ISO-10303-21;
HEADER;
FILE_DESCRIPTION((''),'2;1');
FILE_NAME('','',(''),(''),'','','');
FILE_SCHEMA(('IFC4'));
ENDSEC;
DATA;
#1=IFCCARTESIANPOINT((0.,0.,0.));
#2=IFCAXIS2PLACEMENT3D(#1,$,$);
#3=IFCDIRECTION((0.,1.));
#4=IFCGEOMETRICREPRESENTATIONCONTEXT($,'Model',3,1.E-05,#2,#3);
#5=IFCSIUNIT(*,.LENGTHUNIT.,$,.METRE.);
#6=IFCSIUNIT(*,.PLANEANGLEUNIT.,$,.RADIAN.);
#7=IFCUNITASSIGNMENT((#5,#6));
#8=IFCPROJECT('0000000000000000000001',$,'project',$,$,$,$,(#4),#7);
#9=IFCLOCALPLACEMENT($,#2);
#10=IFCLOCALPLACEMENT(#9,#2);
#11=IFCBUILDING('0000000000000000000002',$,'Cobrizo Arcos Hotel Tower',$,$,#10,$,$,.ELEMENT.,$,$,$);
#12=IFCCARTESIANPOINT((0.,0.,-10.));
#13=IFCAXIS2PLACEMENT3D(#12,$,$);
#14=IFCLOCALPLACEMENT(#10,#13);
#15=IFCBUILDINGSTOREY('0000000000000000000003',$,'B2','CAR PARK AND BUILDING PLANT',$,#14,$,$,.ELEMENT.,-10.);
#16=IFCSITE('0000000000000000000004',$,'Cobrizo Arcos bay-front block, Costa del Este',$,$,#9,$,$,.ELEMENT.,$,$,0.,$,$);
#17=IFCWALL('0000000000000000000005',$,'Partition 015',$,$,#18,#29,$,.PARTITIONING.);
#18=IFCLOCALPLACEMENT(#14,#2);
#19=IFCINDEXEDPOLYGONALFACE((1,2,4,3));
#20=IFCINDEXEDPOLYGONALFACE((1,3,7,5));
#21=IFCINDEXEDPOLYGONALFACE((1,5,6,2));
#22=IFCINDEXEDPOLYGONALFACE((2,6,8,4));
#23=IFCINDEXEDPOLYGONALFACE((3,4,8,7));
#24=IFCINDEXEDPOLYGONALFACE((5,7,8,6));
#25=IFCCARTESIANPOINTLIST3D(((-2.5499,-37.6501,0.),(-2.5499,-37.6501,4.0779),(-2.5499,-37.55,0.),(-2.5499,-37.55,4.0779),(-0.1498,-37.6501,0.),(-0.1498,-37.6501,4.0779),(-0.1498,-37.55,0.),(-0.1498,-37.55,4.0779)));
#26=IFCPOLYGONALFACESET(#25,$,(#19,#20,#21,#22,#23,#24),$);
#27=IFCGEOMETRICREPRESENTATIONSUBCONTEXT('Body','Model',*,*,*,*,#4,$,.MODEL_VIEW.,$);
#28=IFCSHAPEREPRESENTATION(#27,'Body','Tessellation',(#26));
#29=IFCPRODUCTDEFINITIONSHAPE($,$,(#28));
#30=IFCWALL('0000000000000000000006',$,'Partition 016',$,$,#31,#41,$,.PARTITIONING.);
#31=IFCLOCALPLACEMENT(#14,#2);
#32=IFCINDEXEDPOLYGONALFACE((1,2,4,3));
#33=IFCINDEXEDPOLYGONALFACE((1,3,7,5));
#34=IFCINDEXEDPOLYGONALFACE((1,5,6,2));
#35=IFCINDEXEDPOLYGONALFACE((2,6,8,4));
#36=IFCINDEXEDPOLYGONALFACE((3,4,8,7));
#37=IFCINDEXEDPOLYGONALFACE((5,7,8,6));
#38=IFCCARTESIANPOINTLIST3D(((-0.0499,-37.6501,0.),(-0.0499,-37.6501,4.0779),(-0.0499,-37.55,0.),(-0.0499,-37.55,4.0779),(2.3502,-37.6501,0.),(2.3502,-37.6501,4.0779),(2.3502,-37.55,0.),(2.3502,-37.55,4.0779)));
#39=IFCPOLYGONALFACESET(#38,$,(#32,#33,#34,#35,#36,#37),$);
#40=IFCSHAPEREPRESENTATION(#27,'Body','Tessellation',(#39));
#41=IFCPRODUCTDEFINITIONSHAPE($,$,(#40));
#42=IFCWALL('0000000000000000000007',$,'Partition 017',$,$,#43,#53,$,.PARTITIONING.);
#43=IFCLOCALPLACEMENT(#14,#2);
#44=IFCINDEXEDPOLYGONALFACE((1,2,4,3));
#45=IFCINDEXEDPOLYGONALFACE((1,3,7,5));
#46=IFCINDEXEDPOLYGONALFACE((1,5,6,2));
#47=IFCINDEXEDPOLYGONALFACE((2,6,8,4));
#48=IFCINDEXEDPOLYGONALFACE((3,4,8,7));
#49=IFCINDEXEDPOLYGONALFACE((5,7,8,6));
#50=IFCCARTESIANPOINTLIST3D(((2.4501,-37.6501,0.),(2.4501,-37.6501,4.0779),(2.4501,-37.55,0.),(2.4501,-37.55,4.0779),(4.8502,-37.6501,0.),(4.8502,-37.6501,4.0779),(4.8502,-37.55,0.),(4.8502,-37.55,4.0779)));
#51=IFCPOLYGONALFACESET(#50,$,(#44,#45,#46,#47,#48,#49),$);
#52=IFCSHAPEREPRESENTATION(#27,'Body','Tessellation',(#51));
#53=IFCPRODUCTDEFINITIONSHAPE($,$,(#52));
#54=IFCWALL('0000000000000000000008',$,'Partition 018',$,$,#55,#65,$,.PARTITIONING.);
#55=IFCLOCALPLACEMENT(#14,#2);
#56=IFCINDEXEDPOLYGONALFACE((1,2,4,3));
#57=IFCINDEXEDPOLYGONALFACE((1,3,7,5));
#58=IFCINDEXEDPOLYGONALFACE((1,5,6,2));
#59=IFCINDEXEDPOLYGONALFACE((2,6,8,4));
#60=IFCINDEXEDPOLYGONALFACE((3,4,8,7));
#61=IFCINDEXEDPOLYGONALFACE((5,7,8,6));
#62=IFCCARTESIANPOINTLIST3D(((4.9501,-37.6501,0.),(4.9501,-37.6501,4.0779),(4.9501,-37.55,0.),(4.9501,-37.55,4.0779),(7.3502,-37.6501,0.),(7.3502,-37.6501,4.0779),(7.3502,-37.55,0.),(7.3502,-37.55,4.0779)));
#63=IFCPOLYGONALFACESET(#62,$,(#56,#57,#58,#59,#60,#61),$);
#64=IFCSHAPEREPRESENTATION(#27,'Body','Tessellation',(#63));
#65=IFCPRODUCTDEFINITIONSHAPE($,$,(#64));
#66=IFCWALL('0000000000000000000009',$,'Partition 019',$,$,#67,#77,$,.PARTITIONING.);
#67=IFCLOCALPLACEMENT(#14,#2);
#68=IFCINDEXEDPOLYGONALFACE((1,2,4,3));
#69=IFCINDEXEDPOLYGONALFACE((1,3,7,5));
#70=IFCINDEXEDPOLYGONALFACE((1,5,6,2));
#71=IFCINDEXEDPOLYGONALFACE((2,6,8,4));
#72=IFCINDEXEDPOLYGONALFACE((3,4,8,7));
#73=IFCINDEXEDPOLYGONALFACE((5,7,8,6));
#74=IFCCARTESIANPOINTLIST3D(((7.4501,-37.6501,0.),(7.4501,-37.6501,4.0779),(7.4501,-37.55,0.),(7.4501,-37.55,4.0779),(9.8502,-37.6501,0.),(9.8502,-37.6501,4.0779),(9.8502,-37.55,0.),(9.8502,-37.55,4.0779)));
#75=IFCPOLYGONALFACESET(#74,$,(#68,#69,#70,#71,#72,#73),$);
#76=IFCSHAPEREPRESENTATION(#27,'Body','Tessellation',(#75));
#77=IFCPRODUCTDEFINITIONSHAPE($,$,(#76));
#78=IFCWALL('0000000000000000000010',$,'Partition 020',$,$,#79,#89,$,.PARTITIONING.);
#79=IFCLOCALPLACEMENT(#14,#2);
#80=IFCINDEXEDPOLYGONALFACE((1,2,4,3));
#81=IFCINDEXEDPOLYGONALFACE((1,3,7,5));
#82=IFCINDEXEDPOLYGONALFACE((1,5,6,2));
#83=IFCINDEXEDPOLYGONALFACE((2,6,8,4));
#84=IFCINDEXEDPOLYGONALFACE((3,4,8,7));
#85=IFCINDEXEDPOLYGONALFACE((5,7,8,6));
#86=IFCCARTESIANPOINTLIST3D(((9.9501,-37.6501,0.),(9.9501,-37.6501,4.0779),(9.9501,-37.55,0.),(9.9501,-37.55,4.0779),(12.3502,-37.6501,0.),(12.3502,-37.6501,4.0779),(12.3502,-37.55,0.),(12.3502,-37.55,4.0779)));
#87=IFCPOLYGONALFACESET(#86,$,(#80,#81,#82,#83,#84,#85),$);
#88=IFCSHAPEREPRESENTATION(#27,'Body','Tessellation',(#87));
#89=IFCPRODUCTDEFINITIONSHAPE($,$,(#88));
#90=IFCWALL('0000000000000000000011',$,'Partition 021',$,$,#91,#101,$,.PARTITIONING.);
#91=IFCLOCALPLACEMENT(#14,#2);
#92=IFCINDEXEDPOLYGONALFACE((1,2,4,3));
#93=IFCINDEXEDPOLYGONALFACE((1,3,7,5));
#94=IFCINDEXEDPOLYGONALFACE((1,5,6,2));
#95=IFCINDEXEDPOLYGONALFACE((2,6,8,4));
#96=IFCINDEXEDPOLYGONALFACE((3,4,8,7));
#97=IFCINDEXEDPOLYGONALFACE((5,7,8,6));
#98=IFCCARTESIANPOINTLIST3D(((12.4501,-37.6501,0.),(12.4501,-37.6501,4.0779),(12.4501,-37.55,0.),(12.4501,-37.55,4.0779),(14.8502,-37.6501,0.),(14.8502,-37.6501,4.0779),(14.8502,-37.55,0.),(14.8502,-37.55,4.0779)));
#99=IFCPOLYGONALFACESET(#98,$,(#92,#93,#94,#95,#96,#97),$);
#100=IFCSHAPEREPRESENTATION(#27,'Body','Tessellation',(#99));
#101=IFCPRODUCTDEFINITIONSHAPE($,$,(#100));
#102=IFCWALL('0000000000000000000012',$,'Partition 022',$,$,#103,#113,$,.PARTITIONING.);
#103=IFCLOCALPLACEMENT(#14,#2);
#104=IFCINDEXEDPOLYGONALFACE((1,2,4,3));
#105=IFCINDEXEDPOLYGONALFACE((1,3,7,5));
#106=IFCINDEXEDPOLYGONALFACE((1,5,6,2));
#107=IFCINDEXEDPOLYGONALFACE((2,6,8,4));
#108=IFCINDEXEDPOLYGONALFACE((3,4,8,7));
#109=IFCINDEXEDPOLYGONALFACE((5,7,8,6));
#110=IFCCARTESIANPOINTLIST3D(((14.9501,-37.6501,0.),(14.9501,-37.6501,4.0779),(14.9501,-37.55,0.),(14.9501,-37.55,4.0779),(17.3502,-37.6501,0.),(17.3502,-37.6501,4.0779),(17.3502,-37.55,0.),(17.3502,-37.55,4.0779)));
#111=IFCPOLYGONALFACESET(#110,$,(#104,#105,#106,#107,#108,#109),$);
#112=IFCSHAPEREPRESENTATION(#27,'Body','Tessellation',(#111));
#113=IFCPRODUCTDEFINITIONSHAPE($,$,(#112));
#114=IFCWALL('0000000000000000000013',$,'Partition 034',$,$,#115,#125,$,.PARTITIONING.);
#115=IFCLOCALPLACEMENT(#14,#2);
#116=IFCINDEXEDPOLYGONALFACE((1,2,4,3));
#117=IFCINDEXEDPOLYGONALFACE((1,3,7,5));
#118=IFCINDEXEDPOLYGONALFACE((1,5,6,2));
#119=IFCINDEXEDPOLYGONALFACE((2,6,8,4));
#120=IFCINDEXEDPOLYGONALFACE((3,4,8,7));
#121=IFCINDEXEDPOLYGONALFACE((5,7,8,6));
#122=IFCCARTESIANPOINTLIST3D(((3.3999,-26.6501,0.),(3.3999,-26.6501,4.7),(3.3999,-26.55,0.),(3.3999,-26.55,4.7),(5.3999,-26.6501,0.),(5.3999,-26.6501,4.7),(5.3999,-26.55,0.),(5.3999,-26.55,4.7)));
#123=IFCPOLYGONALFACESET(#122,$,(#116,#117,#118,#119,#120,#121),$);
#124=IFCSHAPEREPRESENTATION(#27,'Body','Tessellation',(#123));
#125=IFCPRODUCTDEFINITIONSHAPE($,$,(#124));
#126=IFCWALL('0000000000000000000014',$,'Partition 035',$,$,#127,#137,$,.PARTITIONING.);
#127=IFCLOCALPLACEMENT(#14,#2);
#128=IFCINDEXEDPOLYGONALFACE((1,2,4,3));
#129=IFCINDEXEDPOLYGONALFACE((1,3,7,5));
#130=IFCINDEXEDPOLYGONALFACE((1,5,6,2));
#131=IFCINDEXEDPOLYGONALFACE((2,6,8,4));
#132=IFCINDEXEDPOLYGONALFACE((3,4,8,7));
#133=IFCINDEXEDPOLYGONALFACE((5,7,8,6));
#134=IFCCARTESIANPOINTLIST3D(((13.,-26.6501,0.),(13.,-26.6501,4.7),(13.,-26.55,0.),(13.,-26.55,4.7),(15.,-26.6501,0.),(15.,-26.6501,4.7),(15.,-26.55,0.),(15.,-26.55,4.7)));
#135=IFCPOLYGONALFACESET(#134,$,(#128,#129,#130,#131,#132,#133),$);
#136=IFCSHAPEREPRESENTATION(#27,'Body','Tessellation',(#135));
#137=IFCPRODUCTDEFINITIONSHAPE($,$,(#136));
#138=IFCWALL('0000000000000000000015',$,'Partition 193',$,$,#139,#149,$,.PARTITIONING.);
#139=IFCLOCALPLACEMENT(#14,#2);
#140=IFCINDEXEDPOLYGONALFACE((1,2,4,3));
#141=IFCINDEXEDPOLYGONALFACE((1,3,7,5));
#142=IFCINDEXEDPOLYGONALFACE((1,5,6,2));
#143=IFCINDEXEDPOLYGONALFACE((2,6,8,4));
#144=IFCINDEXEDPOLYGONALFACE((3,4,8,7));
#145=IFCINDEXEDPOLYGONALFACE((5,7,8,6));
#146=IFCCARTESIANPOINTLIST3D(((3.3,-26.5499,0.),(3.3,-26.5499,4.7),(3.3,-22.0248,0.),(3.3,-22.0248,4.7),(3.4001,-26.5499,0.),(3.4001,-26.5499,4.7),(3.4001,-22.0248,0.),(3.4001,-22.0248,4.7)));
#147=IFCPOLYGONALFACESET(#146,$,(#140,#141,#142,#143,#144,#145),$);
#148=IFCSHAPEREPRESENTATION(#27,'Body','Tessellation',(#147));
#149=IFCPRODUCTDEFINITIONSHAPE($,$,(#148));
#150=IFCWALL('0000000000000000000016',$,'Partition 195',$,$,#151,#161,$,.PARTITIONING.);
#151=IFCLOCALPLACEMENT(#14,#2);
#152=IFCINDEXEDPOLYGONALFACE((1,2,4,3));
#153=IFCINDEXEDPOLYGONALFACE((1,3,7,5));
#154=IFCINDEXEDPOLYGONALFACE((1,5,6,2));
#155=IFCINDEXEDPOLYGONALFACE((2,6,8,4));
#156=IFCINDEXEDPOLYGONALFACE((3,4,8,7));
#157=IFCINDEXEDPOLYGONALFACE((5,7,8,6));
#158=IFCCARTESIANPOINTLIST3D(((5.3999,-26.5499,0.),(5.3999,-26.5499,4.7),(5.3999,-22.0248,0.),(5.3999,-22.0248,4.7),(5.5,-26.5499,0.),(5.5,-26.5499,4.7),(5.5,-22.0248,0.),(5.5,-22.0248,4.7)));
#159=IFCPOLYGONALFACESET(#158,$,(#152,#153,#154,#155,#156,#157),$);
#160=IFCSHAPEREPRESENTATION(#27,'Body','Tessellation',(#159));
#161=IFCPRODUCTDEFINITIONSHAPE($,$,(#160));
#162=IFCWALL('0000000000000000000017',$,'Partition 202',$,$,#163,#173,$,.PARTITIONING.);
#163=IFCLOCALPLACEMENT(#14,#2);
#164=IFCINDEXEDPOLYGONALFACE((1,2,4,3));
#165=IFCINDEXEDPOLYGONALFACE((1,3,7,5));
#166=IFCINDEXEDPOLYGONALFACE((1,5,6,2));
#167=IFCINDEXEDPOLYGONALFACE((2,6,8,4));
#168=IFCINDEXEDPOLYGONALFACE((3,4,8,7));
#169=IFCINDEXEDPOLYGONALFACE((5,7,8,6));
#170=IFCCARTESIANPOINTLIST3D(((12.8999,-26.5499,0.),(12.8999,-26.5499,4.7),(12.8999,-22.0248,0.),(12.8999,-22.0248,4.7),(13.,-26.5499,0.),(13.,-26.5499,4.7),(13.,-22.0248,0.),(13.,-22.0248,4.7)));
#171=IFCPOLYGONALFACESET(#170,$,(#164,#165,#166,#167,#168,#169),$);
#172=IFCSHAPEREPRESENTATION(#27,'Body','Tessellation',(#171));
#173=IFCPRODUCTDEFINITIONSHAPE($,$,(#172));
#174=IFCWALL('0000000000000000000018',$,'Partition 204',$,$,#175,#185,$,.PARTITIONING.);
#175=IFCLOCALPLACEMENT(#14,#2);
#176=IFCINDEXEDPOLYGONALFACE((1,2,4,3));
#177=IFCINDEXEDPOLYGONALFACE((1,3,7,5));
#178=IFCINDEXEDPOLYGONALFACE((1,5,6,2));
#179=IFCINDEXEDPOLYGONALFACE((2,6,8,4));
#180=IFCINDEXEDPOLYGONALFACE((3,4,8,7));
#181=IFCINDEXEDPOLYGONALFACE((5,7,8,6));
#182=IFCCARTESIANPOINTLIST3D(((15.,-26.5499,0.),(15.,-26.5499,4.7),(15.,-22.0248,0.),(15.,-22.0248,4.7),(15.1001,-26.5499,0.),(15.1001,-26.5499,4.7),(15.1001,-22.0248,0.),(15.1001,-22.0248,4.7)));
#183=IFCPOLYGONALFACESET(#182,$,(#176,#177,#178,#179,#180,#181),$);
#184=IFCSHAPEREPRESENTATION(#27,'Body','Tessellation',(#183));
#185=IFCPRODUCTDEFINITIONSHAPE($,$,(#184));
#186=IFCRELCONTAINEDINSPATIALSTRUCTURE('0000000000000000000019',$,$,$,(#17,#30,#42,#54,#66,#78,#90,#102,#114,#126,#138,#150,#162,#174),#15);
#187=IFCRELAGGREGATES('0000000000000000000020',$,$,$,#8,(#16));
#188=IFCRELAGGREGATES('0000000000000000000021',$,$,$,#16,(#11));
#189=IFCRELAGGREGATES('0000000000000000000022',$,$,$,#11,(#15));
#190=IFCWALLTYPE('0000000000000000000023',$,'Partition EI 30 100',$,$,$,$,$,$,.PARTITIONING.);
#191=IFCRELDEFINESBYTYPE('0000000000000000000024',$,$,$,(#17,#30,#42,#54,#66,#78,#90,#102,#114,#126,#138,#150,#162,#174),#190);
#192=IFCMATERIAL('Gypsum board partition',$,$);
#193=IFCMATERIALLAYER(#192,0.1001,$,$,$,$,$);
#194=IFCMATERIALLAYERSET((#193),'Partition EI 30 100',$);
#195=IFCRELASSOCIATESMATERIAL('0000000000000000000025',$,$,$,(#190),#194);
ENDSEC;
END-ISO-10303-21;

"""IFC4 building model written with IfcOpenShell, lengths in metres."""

from ifc_helpers import new_model, si_unit, direction, frame, frame_2d, origin, place, context, subcontext, project, spatial, rectangle, extrude, material, layer, layer_set, type_object, element, save


model = new_model("IFC4")

# Units and contexts
model_context = context("Model", 3, precision=1e-05, world=origin(), true_north=direction((0.0, 1.0)))
body_context = subcontext(model_context, "Body", "Model", "MODEL_VIEW")
ifc_project = project(units=[si_unit("LENGTHUNIT", "METRE"), si_unit("PLANEANGLEUNIT", "RADIAN")], contexts=[model_context])

# Site, building, storey
site_placement = place(None, origin())
site = spatial("IfcSite", under=ifc_project, at=site_placement, Name="Cobrizo Arcos bay-front block, Costa del Este", CompositionType="ELEMENT", RefElevation=0.0)
building_placement = place(site_placement, origin())
building = spatial("IfcBuilding", under=site, at=building_placement, Name="Cobrizo Arcos Hotel Tower", CompositionType="ELEMENT")
storey_placement = place(building_placement, frame((0.0, 0.0, -10.0)))
storey = spatial("IfcBuildingStorey", under=building, at=storey_placement, Name="B2", Description="CAR PARK AND BUILDING PLANT", CompositionType="ELEMENT", Elevation=-10.0)

# Walls
ifc_material_1 = material(Name="Gypsum board partition")
ifc_layer = layer(ifc_material_1, 0.1001)
ifc_layer_set = layer_set([ifc_layer], Name="Partition EI 30 100")
wall_type = type_object("IfcWallType", Name="Partition EI 30 100", PredefinedType="PARTITIONING", material=ifc_layer_set)
for number, where, z_axis, x_axis, name in (
    (1, (-2.55, -37.6001, 0.0), (0.0, 0.0, 1.0), (1.0, 0.0, 0.0), "Partition 015"),
    (2, (-0.05, -37.6001, 0.0), (0.0, 0.0, 1.0), (1.0, 0.0, 0.0), "Partition 016"),
    (3, (2.45, -37.6001, 0.0), (0.0, 0.0, 1.0), (1.0, 0.0, 0.0), "Partition 017"),
    (4, (4.95, -37.6001, 0.0), (0.0, 0.0, 1.0), (1.0, 0.0, 0.0), "Partition 018"),
    (5, (7.45, -37.6001, 0.0), (0.0, 0.0, 1.0), (1.0, 0.0, 0.0), "Partition 019"),
    (6, (9.95, -37.6001, 0.0), (0.0, 0.0, 1.0), (1.0, 0.0, 0.0), "Partition 020"),
    (7, (12.45, -37.6001, 0.0), (0.0, 0.0, 1.0), (1.0, 0.0, 0.0), "Partition 021"),
    (8, (14.95, -37.6001, 0.0), (0.0, 0.0, 1.0), (1.0, 0.0, 0.0), "Partition 022"),
):
    element("IfcWall", number, at=place(storey_placement, frame(where, z_axis=z_axis, x_axis=x_axis)), inside=storey, type_object=wall_type, Name=name, PredefinedType="PARTITIONING", context=body_context, shape_type="SweptSolid", body=[
        extrude(rectangle(XDim=2.4001, YDim=0.1001, at=frame_2d((1.2002, 0.0))), origin(), (0.0, 0.0, 1.0), 4.0779),
    ])
for number, where, z_axis, x_axis, name in (
    (9, (3.3999, -26.6001, 0.0), (0.0, 0.0, 1.0), (1.0, 0.0, 0.0), "Partition 034"),
    (10, (13.0, -26.6001, 0.0), (0.0, 0.0, 1.0), (1.0, 0.0, 0.0), "Partition 035"),
):
    element("IfcWall", number, at=place(storey_placement, frame(where, z_axis=z_axis, x_axis=x_axis)), inside=storey, type_object=wall_type, Name=name, PredefinedType="PARTITIONING", context=body_context, shape_type="SweptSolid", body=[
        extrude(rectangle(XDim=2.0, YDim=0.1001, at=frame_2d((1.0, 0.0))), origin(), (0.0, 0.0, 1.0), 4.7),
    ])
for number, where, z_axis, x_axis, name in (
    (11, (3.3501, -26.55, 0.0), (0.0, 0.0, 1.0), (0.0, 1.0, 0.0), "Partition 193"),
    (12, (5.45, -26.55, 0.0), (0.0, 0.0, 1.0), (0.0, 1.0, 0.0), "Partition 195"),
    (13, (12.95, -26.55, 0.0), (0.0, 0.0, 1.0), (0.0, 1.0, 0.0), "Partition 202"),
    (14, (15.05, -26.55, 0.0), (0.0, 0.0, 1.0), (0.0, 1.0, 0.0), "Partition 204"),
):
    element("IfcWall", number, at=place(storey_placement, frame(where, z_axis=z_axis, x_axis=x_axis)), inside=storey, type_object=wall_type, Name=name, PredefinedType="PARTITIONING", context=body_context, shape_type="SweptSolid", body=[
        extrude(rectangle(XDim=4.5251, YDim=0.1001, at=frame_2d((2.2627, 0.0))), origin(), (0.0, 0.0, 1.0), 4.7),
    ])

save(model, "model.ifc")
